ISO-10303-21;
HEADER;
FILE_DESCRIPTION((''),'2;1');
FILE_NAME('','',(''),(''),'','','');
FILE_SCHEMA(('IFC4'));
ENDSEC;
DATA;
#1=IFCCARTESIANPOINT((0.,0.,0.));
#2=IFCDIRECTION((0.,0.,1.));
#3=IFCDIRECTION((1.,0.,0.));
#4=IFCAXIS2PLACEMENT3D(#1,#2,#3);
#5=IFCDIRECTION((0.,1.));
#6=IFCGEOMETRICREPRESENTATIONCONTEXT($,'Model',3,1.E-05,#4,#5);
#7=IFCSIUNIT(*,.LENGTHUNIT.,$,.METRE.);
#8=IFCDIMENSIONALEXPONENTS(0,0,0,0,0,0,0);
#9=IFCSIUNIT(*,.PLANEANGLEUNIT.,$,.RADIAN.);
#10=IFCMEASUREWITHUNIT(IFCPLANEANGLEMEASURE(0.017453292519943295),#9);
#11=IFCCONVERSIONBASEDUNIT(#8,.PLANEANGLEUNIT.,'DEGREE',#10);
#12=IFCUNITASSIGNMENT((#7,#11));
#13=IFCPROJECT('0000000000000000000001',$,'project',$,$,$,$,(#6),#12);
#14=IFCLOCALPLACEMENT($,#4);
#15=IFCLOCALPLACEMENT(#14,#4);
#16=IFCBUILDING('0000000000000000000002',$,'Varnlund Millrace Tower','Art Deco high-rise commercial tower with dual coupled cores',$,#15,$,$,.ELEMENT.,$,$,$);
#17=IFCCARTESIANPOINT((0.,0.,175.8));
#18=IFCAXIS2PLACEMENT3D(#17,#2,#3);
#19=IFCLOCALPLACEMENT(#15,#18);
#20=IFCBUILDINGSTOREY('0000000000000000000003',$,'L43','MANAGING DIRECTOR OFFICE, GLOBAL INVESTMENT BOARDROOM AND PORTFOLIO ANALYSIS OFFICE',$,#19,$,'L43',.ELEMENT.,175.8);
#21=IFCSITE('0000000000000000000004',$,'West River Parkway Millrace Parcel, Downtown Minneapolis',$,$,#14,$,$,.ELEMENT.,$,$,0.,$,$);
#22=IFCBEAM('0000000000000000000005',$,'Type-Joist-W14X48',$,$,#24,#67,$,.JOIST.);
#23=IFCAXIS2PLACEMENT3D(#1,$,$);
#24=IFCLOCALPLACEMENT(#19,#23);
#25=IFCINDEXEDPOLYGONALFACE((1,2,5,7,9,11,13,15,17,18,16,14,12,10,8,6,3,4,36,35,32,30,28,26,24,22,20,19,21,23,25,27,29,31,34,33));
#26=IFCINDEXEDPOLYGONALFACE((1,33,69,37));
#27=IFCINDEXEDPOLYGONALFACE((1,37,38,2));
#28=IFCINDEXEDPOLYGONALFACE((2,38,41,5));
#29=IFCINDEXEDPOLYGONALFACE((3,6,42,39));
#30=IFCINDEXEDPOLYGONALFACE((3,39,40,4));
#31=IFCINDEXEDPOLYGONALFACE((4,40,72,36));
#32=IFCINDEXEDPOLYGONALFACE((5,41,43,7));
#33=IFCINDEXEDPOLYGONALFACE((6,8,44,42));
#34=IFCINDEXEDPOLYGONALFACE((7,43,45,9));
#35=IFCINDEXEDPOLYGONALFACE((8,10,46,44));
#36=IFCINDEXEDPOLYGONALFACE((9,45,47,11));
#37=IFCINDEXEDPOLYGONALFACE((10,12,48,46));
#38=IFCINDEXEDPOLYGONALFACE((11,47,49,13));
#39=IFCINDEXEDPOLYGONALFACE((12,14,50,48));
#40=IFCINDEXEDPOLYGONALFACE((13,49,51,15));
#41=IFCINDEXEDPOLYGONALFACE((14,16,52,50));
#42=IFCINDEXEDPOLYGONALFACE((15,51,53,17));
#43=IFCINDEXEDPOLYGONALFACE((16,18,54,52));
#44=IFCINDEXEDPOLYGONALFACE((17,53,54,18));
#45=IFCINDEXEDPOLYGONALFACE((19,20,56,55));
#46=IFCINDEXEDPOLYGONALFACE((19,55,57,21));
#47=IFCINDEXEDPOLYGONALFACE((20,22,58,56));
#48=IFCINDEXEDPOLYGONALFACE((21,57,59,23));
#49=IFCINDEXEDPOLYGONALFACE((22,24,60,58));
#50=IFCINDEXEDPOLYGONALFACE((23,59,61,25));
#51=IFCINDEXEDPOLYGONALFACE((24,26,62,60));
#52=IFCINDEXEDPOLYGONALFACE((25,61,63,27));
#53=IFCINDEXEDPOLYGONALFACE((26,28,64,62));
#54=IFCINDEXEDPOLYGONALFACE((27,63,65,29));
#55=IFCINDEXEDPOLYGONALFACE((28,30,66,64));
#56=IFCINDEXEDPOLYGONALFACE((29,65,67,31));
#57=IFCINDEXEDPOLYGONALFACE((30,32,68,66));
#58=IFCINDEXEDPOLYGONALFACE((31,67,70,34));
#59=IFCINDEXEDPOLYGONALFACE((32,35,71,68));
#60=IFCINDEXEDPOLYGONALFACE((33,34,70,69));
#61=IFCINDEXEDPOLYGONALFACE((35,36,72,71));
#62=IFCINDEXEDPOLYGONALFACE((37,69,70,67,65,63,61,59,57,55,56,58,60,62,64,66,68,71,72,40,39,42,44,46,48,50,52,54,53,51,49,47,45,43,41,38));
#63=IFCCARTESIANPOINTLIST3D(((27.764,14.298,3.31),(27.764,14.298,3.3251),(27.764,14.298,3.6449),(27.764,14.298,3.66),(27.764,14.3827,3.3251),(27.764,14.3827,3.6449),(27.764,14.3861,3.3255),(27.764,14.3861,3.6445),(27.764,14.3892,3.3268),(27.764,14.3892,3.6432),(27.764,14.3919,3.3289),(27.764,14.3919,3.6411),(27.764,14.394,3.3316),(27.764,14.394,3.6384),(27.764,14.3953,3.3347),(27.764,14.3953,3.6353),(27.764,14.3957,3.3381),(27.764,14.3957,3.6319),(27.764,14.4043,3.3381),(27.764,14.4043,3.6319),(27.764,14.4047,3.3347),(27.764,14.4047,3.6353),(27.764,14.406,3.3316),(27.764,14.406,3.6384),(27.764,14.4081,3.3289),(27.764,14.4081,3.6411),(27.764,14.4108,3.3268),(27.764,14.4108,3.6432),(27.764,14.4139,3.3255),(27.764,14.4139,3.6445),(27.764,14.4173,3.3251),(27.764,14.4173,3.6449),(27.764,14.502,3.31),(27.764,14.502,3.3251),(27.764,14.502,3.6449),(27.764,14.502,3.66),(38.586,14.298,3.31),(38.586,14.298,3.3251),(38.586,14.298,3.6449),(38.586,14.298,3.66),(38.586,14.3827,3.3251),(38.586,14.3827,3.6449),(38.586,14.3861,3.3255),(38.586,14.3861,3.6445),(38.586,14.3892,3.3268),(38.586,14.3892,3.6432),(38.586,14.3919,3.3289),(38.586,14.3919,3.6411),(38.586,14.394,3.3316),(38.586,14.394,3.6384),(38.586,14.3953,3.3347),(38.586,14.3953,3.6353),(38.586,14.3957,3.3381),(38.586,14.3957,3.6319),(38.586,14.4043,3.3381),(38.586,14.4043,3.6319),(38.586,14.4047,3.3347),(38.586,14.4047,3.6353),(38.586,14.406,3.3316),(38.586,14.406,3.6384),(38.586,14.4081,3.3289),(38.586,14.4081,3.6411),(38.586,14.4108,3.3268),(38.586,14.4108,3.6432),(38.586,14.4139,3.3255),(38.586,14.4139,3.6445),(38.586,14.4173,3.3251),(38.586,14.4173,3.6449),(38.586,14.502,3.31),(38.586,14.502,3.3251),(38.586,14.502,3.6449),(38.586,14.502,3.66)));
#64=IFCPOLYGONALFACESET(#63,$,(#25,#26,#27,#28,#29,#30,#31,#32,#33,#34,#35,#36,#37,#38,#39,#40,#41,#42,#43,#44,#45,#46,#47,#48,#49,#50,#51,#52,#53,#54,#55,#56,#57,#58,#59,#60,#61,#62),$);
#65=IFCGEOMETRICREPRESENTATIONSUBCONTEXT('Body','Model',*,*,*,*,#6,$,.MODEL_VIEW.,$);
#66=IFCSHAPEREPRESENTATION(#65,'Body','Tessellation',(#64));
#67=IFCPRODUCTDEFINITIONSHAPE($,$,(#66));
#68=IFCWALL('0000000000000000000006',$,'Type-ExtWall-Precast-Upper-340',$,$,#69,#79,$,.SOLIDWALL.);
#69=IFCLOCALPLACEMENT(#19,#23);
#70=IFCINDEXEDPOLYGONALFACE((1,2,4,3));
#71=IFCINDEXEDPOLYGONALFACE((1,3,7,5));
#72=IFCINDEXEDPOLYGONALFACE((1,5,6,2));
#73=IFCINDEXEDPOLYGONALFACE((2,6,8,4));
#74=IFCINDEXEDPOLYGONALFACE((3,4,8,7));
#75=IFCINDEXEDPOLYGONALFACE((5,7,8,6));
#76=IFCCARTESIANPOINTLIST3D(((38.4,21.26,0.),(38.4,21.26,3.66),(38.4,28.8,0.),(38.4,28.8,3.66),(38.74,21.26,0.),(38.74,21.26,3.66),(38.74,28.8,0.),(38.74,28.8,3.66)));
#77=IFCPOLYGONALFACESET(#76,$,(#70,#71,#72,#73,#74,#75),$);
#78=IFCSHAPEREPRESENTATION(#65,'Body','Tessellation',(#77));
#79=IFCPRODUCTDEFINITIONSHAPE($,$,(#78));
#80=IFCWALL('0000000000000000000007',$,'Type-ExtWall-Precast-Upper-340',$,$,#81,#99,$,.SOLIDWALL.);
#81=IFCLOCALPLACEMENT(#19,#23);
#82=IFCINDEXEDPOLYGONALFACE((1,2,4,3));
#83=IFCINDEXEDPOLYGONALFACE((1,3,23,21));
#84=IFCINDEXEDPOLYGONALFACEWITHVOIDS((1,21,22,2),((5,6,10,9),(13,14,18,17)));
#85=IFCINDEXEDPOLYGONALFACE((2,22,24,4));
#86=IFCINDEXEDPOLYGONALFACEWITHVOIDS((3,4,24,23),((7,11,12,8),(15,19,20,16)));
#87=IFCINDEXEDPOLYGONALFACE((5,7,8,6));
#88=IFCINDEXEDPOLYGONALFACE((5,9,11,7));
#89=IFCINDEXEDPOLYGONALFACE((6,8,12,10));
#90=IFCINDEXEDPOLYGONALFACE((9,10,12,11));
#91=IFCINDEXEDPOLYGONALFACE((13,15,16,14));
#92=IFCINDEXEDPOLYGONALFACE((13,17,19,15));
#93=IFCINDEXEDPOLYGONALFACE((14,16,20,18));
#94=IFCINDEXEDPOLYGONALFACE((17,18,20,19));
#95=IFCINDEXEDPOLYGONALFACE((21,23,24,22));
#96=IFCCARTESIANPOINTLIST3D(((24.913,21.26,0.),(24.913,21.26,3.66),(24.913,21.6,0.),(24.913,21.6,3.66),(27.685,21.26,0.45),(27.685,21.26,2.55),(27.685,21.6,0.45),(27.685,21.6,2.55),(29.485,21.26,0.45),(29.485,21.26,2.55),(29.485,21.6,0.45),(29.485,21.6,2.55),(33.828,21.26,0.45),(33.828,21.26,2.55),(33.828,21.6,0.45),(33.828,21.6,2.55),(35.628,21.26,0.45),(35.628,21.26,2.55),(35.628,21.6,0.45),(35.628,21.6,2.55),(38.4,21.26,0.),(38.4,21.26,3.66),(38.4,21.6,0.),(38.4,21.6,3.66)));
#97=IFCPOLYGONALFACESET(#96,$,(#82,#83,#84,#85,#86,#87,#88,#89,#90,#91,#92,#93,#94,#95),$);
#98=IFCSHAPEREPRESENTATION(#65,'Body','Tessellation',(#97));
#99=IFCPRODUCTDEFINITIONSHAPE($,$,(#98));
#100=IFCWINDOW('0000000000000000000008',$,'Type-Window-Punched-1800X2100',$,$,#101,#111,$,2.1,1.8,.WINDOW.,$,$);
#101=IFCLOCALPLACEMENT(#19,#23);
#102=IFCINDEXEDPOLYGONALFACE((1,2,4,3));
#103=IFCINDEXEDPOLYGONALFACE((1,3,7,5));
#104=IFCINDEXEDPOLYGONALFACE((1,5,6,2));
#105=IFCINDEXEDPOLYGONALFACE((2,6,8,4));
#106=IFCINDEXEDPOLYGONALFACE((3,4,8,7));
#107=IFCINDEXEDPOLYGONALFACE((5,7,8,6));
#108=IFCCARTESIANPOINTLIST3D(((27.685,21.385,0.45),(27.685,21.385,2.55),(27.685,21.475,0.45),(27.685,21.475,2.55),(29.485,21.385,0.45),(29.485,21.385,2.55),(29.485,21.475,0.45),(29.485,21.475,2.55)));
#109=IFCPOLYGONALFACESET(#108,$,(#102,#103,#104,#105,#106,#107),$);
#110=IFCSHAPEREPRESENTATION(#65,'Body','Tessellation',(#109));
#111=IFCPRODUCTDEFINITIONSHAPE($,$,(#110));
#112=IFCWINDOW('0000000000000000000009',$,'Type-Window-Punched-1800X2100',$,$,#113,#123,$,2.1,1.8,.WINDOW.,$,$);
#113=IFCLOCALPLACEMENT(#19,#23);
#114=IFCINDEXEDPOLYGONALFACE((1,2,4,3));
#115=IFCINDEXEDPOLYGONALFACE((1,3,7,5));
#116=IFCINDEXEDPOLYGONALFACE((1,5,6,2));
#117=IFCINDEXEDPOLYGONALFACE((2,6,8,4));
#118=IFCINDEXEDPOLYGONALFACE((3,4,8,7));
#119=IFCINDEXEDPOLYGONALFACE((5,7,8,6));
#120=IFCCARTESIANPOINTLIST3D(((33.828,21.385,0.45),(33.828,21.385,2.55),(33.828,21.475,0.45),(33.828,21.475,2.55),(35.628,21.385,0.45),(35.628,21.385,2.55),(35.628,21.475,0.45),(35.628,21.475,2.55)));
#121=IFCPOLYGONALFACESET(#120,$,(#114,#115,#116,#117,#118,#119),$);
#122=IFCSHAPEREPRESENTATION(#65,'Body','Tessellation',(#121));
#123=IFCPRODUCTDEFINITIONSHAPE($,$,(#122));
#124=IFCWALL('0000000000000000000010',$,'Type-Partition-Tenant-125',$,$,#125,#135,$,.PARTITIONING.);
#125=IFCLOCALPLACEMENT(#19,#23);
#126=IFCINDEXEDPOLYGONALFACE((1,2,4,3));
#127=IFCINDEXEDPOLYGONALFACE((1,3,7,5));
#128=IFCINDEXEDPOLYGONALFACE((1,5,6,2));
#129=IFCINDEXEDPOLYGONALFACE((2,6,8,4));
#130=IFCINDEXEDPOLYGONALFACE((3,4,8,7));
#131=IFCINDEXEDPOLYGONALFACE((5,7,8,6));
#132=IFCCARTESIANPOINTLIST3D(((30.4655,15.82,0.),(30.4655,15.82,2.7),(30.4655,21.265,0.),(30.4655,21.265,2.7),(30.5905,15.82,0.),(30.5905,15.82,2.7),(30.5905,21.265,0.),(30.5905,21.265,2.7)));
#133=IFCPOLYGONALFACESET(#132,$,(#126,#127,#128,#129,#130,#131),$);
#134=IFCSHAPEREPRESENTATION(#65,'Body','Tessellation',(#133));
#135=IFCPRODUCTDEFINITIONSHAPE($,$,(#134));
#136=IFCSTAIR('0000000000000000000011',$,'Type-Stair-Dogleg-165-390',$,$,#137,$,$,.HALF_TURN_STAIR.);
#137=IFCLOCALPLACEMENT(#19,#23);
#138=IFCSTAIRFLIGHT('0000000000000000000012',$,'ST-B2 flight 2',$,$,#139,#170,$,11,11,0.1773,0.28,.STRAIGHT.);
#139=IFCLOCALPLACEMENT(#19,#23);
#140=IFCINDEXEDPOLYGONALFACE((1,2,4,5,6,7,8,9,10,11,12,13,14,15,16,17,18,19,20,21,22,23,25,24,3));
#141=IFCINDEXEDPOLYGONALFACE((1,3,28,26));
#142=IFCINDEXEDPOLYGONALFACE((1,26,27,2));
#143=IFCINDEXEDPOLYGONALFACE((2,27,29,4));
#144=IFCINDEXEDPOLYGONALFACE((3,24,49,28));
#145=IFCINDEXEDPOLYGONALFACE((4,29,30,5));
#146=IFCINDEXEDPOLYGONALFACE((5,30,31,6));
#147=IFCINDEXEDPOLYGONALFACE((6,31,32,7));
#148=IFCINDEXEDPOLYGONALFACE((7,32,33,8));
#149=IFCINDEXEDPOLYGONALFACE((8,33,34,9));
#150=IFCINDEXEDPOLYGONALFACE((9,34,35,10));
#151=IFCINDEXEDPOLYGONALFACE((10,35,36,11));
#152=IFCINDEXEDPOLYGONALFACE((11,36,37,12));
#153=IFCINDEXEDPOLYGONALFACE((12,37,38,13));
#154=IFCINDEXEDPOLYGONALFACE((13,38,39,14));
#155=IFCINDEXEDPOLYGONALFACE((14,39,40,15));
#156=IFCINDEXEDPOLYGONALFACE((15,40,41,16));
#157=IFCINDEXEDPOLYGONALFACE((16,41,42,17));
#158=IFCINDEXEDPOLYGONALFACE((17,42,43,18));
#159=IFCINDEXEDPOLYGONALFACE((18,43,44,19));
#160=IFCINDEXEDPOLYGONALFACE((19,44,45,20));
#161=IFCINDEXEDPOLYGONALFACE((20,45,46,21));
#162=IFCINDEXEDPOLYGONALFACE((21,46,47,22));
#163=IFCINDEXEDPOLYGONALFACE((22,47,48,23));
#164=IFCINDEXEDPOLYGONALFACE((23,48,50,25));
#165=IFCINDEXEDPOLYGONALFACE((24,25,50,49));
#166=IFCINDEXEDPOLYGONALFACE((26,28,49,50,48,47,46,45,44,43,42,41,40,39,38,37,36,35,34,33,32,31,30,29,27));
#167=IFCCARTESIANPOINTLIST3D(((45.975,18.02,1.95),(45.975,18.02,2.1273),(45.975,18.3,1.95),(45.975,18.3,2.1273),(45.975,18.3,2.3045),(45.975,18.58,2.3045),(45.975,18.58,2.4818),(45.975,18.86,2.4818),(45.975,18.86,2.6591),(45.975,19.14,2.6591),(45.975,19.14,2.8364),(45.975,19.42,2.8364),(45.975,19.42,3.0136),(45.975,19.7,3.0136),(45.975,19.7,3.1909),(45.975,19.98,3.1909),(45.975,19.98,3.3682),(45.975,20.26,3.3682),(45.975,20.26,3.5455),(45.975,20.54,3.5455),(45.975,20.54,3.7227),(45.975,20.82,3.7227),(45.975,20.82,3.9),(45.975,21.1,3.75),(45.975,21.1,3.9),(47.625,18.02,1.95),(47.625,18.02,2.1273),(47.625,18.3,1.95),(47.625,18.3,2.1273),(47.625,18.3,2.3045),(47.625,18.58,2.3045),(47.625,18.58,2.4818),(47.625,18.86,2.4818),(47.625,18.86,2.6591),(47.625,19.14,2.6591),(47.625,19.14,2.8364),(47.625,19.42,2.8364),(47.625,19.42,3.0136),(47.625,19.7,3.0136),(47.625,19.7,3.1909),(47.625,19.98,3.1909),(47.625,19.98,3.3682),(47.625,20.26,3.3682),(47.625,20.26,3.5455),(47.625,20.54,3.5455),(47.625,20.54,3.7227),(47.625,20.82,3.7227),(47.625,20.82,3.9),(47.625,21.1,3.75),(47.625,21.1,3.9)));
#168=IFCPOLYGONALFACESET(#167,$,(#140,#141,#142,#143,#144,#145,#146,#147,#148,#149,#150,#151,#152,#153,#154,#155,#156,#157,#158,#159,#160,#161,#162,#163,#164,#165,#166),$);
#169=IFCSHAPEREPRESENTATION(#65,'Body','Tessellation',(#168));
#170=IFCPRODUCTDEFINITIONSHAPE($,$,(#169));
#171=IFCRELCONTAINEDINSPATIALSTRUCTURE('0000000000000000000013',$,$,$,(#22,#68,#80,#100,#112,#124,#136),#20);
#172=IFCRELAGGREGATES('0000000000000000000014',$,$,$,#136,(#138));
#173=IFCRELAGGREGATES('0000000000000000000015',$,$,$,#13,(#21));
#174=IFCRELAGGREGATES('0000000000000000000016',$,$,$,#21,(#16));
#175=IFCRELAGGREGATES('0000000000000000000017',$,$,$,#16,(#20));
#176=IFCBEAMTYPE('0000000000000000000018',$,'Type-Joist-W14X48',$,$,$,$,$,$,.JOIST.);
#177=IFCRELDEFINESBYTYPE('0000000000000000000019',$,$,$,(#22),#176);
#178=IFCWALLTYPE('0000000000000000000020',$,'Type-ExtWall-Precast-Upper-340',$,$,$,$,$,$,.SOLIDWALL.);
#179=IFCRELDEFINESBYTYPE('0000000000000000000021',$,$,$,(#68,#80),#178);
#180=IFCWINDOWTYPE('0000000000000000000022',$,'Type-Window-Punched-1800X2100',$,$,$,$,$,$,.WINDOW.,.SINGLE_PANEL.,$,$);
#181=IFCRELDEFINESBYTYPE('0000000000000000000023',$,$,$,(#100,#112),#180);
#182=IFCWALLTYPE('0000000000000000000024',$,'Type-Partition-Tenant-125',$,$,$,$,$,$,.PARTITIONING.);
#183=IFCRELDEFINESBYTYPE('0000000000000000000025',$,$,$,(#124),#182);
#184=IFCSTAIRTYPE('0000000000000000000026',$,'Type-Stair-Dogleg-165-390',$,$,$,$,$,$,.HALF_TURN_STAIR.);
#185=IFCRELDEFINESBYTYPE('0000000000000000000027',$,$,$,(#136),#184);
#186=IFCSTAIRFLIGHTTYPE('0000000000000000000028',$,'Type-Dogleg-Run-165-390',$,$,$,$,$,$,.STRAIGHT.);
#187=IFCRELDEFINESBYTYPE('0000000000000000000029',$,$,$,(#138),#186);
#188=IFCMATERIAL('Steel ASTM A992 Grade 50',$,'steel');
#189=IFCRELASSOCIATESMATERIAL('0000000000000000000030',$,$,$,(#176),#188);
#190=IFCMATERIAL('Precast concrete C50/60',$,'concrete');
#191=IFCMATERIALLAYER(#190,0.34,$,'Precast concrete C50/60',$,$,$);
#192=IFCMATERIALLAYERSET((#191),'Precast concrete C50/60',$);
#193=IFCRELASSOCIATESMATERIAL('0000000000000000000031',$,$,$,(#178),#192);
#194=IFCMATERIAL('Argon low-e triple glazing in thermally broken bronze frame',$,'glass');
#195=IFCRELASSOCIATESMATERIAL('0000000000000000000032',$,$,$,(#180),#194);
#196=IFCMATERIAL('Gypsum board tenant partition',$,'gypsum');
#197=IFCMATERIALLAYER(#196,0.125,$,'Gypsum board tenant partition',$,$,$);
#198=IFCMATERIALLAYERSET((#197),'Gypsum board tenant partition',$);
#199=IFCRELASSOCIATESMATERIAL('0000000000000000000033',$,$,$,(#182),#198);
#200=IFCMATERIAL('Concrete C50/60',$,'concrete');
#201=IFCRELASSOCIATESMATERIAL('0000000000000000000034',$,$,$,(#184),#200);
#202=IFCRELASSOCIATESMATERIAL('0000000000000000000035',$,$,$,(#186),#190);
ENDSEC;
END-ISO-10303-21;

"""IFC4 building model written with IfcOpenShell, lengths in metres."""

from ifc_helpers import new_model, entity, si_unit, converted_unit, direction, frame, origin_with_axes, origin_2d_with_axis, place, context, subcontext, project, spatial, polyline, rectangle, i_section, outline, extrude, material, layer, layer_set, material_profile, profile_set, type_object, element, fill, aggregate, save


model = new_model("IFC4")

# Units and contexts
model_context = context("Model", 3, precision=1e-05, world=origin_with_axes(), true_north=direction((0.0, 1.0)))
body_context = subcontext(model_context, "Body", "Model", "MODEL_VIEW")
ifc_project = project(units=[si_unit("LENGTHUNIT", "METRE"), converted_unit("PLANEANGLEUNIT", "DEGREE", entity("IfcPlaneAngleMeasure", 0.017453292519943295), si_unit("PLANEANGLEUNIT", "RADIAN"), dimensions=[0, 0, 0, 0, 0, 0, 0])], contexts=[model_context])

# Site, building, storey
site_placement = place(None, origin_with_axes())
site = spatial("IfcSite", under=ifc_project, at=site_placement, Name="West River Parkway Millrace Parcel, Downtown Minneapolis", CompositionType="ELEMENT", RefElevation=0.0)
building_placement = place(site_placement, origin_with_axes())
building = spatial("IfcBuilding", under=site, at=building_placement, Name="Varnlund Millrace Tower", Description="Art Deco high-rise commercial tower with dual coupled cores", CompositionType="ELEMENT")
storey_placement = place(building_placement, frame((0.0, 0.0, 175.8), z_axis=(0.0, 0.0, 1.0), x_axis=(1.0, 0.0, 0.0)))
storey = spatial("IfcBuildingStorey", under=building, at=storey_placement, Name="L43", Description="MANAGING DIRECTOR OFFICE, GLOBAL INVESTMENT BOARDROOM AND PORTFOLIO ANALYSIS OFFICE", LongName="L43", CompositionType="ELEMENT", Elevation=175.8)

# Beam
ifc_material_1 = material(Name="Steel ASTM A992 Grade 50", Category="steel")
ifc_material_profile_1 = material_profile(ifc_material_1, i_section(OverallWidth=0.204, OverallDepth=0.35, WebThickness=0.0086, FlangeThickness=0.0151, FilletRadius=0.013, at=origin_2d_with_axis()), Name="Steel ASTM A992 Grade 50")
ifc_profile_set_1 = profile_set([ifc_material_profile_1], Name="Steel ASTM A992 Grade 50")
beam_type_1 = type_object("IfcBeamType", Name="Type-Joist-W14X48", PredefinedType="JOIST", material=ifc_profile_set_1)
beam_1_placement = place(storey_placement, frame((27.764, 14.4, 3.485), z_axis=(1.0, 0.0, 0.0), x_axis=(0.0, 1.0, 0.0)))
element("IfcBeam", 1, at=beam_1_placement, inside=storey, type_object=beam_type_1, Name="Type-Joist-W14X48", PredefinedType="JOIST", context=body_context, shape_type="SweptSolid", body=[
    extrude(i_section(OverallWidth=0.204, OverallDepth=0.35, WebThickness=0.0086, FlangeThickness=0.0151, FilletRadius=0.013, at=origin_2d_with_axis()), origin_with_axes(), (0.0, 0.0, 1.0), 10.822),
])

# Wall
ifc_material_2 = material(Name="Precast concrete C50/60", Category="concrete")
ifc_layer_1 = layer(ifc_material_2, 0.34, Name="Precast concrete C50/60")
ifc_layer_set_1 = layer_set([ifc_layer_1], Name="Precast concrete C50/60")
wall_type_1 = type_object("IfcWallType", Name="Type-ExtWall-Precast-Upper-340", PredefinedType="SOLIDWALL", material=ifc_layer_set_1)
wall_1_placement = place(storey_placement, frame((38.57, 21.26, 0.0), z_axis=(0.0, 0.0, 1.0), x_axis=(0.0, 1.0, 0.0)))
element("IfcWall", 2, at=wall_1_placement, inside=storey, type_object=wall_type_1, Name="Type-ExtWall-Precast-Upper-340", PredefinedType="SOLIDWALL", context=body_context, shape_type="SweptSolid", body=[
    extrude(outline(polyline([(0.0, -0.17), (7.54, -0.17), (7.54, 0.17), (0.0, 0.17), (0.0, -0.17)])), origin_with_axes(), (0.0, 0.0, 1.0), 3.66),
])

# Wall, openings, windows
wall_2_placement = place(storey_placement, frame((24.913, 21.43, 0.0), z_axis=(0.0, 0.0, 1.0), x_axis=(1.0, 0.0, 0.0)))
wall_2 = element("IfcWall", 3, at=wall_2_placement, inside=storey, type_object=wall_type_1, Name="Type-ExtWall-Precast-Upper-340", PredefinedType="SOLIDWALL", context=body_context, shape_type="SweptSolid", body=[
    extrude(outline(polyline([(0.0, -0.17), (13.487, -0.17), (13.487, 0.17), (0.0, 0.17), (0.0, -0.17)])), origin_with_axes(), (0.0, 0.0, 1.0), 3.66),
])
opening_1_placement = place(wall_2_placement, frame((3.672, 0.0, 0.45), z_axis=(0.0, 0.0, 1.0), x_axis=(1.0, 0.0, 0.0)))
opening_1 = element("IfcOpeningElement", 4, at=opening_1_placement, cuts=wall_2, PredefinedType="OPENING", context=body_context, shape_type="SweptSolid", body=[
    extrude(rectangle(XDim=1.8, YDim=0.36, at=origin_2d_with_axis()), origin_with_axes(), (0.0, 0.0, 1.0), 2.1),
])
opening_2_placement = place(wall_2_placement, frame((9.815, 0.0, 0.45), z_axis=(0.0, 0.0, 1.0), x_axis=(1.0, 0.0, 0.0)))
opening_2 = element("IfcOpeningElement", 5, at=opening_2_placement, cuts=wall_2, PredefinedType="OPENING", context=body_context, shape_type="SweptSolid", body=[
    extrude(rectangle(XDim=1.8, YDim=0.36, at=origin_2d_with_axis()), origin_with_axes(), (0.0, 0.0, 1.0), 2.1),
])
ifc_material_3 = material(Name="Argon low-e triple glazing in thermally broken bronze frame", Category="glass")
window_type = type_object("IfcWindowType", Name="Type-Window-Punched-1800X2100", PartitioningType="SINGLE_PANEL", PredefinedType="WINDOW", material=ifc_material_3)
window_1_placement = place(wall_2_placement, frame((3.672, 0.0, 0.45), z_axis=(0.0, 0.0, 1.0), x_axis=(1.0, 0.0, 0.0)))
window_1 = element("IfcWindow", 6, at=window_1_placement, inside=storey, type_object=window_type, Name="Type-Window-Punched-1800X2100", OverallHeight=2.1, OverallWidth=1.8, PredefinedType="WINDOW", context=body_context, shape_type="SweptSolid", body=[
    extrude(rectangle(XDim=1.8, YDim=0.09, at=origin_2d_with_axis()), origin_with_axes(), (0.0, 0.0, 1.0), 2.1),
])
fill(opening_1, window_1)
window_2_placement = place(wall_2_placement, frame((9.815, 0.0, 0.45), z_axis=(0.0, 0.0, 1.0), x_axis=(1.0, 0.0, 0.0)))
window_2 = element("IfcWindow", 7, at=window_2_placement, inside=storey, type_object=window_type, Name="Type-Window-Punched-1800X2100", OverallHeight=2.1, OverallWidth=1.8, PredefinedType="WINDOW", context=body_context, shape_type="SweptSolid", body=[
    extrude(rectangle(XDim=1.8, YDim=0.09, at=origin_2d_with_axis()), origin_with_axes(), (0.0, 0.0, 1.0), 2.1),
])
fill(opening_2, window_2)

# Wall
ifc_material_4 = material(Name="Gypsum board tenant partition", Category="gypsum")
ifc_layer_2 = layer(ifc_material_4, 0.125, Name="Gypsum board tenant partition")
ifc_layer_set_2 = layer_set([ifc_layer_2], Name="Gypsum board tenant partition")
wall_type_2 = type_object("IfcWallType", Name="Type-Partition-Tenant-125", PredefinedType="PARTITIONING", material=ifc_layer_set_2)
wall_3_placement = place(storey_placement, frame((30.528, 15.82, 0.0), z_axis=(0.0, 0.0, 1.0), x_axis=(0.0, 1.0, 0.0)))
element("IfcWall", 8, at=wall_3_placement, inside=storey, type_object=wall_type_2, Name="Type-Partition-Tenant-125", PredefinedType="PARTITIONING", context=body_context, shape_type="SweptSolid", body=[
    extrude(outline(polyline([(0.0, -0.0625), (5.445, -0.0625), (5.445, 0.0625), (0.0, 0.0625), (0.0, -0.0625)])), origin_with_axes(), (0.0, 0.0, 1.0), 2.7),
])

# Stair, stair flight
ifc_material_5 = material(Name="Concrete C50/60", Category="concrete")
stair_type = type_object("IfcStairType", Name="Type-Stair-Dogleg-165-390", PredefinedType="HALF_TURN_STAIR", material=ifc_material_5)
stair_placement = place(storey_placement, origin_with_axes())
stair = element("IfcStair", 9, at=stair_placement, inside=storey, type_object=stair_type, Name="Type-Stair-Dogleg-165-390", PredefinedType="HALF_TURN_STAIR")
stair_flight_type = type_object("IfcStairFlightType", Name="Type-Dogleg-Run-165-390", PredefinedType="STRAIGHT", material=ifc_material_2)
stair_flight_placement = place(storey_placement, frame((45.975, 18.02, 1.95), z_axis=(1.0, 0.0, 0.0), x_axis=(0.0, 1.0, 0.0)))
stair_flight = element("IfcStairFlight", 10, at=stair_flight_placement, type_object=stair_flight_type, Name="ST-B2 flight 2", NumberOfRisers=11, NumberOfTreads=11, PredefinedType="STRAIGHT", RiserHeight=0.1773, TreadLength=0.28, context=body_context, shape_type="SweptSolid", body=[
    extrude(outline(polyline([(0.0, 0.0), (0.0, 0.1773), (0.28, 0.1773), (0.28, 0.3545), (0.56, 0.3545), (0.56, 0.5318), (0.84, 0.5318), (0.84, 0.7091), (1.12, 0.7091), (1.12, 0.8864), (1.4, 0.8864), (1.4, 1.0636), (1.68, 1.0636), (1.68, 1.2409), (1.96, 1.2409), (1.96, 1.4182), (2.24, 1.4182), (2.24, 1.5955), (2.52, 1.5955), (2.52, 1.7727), (2.8, 1.7727), (2.8, 1.95), (3.08, 1.95), (3.08, 1.8), (0.28, 0.0), (0.0, 0.0)])), origin_with_axes(), (0.0, 0.0, 1.0), 1.65),
])
aggregate(stair, [stair_flight])

save(model, "model.ifc")
